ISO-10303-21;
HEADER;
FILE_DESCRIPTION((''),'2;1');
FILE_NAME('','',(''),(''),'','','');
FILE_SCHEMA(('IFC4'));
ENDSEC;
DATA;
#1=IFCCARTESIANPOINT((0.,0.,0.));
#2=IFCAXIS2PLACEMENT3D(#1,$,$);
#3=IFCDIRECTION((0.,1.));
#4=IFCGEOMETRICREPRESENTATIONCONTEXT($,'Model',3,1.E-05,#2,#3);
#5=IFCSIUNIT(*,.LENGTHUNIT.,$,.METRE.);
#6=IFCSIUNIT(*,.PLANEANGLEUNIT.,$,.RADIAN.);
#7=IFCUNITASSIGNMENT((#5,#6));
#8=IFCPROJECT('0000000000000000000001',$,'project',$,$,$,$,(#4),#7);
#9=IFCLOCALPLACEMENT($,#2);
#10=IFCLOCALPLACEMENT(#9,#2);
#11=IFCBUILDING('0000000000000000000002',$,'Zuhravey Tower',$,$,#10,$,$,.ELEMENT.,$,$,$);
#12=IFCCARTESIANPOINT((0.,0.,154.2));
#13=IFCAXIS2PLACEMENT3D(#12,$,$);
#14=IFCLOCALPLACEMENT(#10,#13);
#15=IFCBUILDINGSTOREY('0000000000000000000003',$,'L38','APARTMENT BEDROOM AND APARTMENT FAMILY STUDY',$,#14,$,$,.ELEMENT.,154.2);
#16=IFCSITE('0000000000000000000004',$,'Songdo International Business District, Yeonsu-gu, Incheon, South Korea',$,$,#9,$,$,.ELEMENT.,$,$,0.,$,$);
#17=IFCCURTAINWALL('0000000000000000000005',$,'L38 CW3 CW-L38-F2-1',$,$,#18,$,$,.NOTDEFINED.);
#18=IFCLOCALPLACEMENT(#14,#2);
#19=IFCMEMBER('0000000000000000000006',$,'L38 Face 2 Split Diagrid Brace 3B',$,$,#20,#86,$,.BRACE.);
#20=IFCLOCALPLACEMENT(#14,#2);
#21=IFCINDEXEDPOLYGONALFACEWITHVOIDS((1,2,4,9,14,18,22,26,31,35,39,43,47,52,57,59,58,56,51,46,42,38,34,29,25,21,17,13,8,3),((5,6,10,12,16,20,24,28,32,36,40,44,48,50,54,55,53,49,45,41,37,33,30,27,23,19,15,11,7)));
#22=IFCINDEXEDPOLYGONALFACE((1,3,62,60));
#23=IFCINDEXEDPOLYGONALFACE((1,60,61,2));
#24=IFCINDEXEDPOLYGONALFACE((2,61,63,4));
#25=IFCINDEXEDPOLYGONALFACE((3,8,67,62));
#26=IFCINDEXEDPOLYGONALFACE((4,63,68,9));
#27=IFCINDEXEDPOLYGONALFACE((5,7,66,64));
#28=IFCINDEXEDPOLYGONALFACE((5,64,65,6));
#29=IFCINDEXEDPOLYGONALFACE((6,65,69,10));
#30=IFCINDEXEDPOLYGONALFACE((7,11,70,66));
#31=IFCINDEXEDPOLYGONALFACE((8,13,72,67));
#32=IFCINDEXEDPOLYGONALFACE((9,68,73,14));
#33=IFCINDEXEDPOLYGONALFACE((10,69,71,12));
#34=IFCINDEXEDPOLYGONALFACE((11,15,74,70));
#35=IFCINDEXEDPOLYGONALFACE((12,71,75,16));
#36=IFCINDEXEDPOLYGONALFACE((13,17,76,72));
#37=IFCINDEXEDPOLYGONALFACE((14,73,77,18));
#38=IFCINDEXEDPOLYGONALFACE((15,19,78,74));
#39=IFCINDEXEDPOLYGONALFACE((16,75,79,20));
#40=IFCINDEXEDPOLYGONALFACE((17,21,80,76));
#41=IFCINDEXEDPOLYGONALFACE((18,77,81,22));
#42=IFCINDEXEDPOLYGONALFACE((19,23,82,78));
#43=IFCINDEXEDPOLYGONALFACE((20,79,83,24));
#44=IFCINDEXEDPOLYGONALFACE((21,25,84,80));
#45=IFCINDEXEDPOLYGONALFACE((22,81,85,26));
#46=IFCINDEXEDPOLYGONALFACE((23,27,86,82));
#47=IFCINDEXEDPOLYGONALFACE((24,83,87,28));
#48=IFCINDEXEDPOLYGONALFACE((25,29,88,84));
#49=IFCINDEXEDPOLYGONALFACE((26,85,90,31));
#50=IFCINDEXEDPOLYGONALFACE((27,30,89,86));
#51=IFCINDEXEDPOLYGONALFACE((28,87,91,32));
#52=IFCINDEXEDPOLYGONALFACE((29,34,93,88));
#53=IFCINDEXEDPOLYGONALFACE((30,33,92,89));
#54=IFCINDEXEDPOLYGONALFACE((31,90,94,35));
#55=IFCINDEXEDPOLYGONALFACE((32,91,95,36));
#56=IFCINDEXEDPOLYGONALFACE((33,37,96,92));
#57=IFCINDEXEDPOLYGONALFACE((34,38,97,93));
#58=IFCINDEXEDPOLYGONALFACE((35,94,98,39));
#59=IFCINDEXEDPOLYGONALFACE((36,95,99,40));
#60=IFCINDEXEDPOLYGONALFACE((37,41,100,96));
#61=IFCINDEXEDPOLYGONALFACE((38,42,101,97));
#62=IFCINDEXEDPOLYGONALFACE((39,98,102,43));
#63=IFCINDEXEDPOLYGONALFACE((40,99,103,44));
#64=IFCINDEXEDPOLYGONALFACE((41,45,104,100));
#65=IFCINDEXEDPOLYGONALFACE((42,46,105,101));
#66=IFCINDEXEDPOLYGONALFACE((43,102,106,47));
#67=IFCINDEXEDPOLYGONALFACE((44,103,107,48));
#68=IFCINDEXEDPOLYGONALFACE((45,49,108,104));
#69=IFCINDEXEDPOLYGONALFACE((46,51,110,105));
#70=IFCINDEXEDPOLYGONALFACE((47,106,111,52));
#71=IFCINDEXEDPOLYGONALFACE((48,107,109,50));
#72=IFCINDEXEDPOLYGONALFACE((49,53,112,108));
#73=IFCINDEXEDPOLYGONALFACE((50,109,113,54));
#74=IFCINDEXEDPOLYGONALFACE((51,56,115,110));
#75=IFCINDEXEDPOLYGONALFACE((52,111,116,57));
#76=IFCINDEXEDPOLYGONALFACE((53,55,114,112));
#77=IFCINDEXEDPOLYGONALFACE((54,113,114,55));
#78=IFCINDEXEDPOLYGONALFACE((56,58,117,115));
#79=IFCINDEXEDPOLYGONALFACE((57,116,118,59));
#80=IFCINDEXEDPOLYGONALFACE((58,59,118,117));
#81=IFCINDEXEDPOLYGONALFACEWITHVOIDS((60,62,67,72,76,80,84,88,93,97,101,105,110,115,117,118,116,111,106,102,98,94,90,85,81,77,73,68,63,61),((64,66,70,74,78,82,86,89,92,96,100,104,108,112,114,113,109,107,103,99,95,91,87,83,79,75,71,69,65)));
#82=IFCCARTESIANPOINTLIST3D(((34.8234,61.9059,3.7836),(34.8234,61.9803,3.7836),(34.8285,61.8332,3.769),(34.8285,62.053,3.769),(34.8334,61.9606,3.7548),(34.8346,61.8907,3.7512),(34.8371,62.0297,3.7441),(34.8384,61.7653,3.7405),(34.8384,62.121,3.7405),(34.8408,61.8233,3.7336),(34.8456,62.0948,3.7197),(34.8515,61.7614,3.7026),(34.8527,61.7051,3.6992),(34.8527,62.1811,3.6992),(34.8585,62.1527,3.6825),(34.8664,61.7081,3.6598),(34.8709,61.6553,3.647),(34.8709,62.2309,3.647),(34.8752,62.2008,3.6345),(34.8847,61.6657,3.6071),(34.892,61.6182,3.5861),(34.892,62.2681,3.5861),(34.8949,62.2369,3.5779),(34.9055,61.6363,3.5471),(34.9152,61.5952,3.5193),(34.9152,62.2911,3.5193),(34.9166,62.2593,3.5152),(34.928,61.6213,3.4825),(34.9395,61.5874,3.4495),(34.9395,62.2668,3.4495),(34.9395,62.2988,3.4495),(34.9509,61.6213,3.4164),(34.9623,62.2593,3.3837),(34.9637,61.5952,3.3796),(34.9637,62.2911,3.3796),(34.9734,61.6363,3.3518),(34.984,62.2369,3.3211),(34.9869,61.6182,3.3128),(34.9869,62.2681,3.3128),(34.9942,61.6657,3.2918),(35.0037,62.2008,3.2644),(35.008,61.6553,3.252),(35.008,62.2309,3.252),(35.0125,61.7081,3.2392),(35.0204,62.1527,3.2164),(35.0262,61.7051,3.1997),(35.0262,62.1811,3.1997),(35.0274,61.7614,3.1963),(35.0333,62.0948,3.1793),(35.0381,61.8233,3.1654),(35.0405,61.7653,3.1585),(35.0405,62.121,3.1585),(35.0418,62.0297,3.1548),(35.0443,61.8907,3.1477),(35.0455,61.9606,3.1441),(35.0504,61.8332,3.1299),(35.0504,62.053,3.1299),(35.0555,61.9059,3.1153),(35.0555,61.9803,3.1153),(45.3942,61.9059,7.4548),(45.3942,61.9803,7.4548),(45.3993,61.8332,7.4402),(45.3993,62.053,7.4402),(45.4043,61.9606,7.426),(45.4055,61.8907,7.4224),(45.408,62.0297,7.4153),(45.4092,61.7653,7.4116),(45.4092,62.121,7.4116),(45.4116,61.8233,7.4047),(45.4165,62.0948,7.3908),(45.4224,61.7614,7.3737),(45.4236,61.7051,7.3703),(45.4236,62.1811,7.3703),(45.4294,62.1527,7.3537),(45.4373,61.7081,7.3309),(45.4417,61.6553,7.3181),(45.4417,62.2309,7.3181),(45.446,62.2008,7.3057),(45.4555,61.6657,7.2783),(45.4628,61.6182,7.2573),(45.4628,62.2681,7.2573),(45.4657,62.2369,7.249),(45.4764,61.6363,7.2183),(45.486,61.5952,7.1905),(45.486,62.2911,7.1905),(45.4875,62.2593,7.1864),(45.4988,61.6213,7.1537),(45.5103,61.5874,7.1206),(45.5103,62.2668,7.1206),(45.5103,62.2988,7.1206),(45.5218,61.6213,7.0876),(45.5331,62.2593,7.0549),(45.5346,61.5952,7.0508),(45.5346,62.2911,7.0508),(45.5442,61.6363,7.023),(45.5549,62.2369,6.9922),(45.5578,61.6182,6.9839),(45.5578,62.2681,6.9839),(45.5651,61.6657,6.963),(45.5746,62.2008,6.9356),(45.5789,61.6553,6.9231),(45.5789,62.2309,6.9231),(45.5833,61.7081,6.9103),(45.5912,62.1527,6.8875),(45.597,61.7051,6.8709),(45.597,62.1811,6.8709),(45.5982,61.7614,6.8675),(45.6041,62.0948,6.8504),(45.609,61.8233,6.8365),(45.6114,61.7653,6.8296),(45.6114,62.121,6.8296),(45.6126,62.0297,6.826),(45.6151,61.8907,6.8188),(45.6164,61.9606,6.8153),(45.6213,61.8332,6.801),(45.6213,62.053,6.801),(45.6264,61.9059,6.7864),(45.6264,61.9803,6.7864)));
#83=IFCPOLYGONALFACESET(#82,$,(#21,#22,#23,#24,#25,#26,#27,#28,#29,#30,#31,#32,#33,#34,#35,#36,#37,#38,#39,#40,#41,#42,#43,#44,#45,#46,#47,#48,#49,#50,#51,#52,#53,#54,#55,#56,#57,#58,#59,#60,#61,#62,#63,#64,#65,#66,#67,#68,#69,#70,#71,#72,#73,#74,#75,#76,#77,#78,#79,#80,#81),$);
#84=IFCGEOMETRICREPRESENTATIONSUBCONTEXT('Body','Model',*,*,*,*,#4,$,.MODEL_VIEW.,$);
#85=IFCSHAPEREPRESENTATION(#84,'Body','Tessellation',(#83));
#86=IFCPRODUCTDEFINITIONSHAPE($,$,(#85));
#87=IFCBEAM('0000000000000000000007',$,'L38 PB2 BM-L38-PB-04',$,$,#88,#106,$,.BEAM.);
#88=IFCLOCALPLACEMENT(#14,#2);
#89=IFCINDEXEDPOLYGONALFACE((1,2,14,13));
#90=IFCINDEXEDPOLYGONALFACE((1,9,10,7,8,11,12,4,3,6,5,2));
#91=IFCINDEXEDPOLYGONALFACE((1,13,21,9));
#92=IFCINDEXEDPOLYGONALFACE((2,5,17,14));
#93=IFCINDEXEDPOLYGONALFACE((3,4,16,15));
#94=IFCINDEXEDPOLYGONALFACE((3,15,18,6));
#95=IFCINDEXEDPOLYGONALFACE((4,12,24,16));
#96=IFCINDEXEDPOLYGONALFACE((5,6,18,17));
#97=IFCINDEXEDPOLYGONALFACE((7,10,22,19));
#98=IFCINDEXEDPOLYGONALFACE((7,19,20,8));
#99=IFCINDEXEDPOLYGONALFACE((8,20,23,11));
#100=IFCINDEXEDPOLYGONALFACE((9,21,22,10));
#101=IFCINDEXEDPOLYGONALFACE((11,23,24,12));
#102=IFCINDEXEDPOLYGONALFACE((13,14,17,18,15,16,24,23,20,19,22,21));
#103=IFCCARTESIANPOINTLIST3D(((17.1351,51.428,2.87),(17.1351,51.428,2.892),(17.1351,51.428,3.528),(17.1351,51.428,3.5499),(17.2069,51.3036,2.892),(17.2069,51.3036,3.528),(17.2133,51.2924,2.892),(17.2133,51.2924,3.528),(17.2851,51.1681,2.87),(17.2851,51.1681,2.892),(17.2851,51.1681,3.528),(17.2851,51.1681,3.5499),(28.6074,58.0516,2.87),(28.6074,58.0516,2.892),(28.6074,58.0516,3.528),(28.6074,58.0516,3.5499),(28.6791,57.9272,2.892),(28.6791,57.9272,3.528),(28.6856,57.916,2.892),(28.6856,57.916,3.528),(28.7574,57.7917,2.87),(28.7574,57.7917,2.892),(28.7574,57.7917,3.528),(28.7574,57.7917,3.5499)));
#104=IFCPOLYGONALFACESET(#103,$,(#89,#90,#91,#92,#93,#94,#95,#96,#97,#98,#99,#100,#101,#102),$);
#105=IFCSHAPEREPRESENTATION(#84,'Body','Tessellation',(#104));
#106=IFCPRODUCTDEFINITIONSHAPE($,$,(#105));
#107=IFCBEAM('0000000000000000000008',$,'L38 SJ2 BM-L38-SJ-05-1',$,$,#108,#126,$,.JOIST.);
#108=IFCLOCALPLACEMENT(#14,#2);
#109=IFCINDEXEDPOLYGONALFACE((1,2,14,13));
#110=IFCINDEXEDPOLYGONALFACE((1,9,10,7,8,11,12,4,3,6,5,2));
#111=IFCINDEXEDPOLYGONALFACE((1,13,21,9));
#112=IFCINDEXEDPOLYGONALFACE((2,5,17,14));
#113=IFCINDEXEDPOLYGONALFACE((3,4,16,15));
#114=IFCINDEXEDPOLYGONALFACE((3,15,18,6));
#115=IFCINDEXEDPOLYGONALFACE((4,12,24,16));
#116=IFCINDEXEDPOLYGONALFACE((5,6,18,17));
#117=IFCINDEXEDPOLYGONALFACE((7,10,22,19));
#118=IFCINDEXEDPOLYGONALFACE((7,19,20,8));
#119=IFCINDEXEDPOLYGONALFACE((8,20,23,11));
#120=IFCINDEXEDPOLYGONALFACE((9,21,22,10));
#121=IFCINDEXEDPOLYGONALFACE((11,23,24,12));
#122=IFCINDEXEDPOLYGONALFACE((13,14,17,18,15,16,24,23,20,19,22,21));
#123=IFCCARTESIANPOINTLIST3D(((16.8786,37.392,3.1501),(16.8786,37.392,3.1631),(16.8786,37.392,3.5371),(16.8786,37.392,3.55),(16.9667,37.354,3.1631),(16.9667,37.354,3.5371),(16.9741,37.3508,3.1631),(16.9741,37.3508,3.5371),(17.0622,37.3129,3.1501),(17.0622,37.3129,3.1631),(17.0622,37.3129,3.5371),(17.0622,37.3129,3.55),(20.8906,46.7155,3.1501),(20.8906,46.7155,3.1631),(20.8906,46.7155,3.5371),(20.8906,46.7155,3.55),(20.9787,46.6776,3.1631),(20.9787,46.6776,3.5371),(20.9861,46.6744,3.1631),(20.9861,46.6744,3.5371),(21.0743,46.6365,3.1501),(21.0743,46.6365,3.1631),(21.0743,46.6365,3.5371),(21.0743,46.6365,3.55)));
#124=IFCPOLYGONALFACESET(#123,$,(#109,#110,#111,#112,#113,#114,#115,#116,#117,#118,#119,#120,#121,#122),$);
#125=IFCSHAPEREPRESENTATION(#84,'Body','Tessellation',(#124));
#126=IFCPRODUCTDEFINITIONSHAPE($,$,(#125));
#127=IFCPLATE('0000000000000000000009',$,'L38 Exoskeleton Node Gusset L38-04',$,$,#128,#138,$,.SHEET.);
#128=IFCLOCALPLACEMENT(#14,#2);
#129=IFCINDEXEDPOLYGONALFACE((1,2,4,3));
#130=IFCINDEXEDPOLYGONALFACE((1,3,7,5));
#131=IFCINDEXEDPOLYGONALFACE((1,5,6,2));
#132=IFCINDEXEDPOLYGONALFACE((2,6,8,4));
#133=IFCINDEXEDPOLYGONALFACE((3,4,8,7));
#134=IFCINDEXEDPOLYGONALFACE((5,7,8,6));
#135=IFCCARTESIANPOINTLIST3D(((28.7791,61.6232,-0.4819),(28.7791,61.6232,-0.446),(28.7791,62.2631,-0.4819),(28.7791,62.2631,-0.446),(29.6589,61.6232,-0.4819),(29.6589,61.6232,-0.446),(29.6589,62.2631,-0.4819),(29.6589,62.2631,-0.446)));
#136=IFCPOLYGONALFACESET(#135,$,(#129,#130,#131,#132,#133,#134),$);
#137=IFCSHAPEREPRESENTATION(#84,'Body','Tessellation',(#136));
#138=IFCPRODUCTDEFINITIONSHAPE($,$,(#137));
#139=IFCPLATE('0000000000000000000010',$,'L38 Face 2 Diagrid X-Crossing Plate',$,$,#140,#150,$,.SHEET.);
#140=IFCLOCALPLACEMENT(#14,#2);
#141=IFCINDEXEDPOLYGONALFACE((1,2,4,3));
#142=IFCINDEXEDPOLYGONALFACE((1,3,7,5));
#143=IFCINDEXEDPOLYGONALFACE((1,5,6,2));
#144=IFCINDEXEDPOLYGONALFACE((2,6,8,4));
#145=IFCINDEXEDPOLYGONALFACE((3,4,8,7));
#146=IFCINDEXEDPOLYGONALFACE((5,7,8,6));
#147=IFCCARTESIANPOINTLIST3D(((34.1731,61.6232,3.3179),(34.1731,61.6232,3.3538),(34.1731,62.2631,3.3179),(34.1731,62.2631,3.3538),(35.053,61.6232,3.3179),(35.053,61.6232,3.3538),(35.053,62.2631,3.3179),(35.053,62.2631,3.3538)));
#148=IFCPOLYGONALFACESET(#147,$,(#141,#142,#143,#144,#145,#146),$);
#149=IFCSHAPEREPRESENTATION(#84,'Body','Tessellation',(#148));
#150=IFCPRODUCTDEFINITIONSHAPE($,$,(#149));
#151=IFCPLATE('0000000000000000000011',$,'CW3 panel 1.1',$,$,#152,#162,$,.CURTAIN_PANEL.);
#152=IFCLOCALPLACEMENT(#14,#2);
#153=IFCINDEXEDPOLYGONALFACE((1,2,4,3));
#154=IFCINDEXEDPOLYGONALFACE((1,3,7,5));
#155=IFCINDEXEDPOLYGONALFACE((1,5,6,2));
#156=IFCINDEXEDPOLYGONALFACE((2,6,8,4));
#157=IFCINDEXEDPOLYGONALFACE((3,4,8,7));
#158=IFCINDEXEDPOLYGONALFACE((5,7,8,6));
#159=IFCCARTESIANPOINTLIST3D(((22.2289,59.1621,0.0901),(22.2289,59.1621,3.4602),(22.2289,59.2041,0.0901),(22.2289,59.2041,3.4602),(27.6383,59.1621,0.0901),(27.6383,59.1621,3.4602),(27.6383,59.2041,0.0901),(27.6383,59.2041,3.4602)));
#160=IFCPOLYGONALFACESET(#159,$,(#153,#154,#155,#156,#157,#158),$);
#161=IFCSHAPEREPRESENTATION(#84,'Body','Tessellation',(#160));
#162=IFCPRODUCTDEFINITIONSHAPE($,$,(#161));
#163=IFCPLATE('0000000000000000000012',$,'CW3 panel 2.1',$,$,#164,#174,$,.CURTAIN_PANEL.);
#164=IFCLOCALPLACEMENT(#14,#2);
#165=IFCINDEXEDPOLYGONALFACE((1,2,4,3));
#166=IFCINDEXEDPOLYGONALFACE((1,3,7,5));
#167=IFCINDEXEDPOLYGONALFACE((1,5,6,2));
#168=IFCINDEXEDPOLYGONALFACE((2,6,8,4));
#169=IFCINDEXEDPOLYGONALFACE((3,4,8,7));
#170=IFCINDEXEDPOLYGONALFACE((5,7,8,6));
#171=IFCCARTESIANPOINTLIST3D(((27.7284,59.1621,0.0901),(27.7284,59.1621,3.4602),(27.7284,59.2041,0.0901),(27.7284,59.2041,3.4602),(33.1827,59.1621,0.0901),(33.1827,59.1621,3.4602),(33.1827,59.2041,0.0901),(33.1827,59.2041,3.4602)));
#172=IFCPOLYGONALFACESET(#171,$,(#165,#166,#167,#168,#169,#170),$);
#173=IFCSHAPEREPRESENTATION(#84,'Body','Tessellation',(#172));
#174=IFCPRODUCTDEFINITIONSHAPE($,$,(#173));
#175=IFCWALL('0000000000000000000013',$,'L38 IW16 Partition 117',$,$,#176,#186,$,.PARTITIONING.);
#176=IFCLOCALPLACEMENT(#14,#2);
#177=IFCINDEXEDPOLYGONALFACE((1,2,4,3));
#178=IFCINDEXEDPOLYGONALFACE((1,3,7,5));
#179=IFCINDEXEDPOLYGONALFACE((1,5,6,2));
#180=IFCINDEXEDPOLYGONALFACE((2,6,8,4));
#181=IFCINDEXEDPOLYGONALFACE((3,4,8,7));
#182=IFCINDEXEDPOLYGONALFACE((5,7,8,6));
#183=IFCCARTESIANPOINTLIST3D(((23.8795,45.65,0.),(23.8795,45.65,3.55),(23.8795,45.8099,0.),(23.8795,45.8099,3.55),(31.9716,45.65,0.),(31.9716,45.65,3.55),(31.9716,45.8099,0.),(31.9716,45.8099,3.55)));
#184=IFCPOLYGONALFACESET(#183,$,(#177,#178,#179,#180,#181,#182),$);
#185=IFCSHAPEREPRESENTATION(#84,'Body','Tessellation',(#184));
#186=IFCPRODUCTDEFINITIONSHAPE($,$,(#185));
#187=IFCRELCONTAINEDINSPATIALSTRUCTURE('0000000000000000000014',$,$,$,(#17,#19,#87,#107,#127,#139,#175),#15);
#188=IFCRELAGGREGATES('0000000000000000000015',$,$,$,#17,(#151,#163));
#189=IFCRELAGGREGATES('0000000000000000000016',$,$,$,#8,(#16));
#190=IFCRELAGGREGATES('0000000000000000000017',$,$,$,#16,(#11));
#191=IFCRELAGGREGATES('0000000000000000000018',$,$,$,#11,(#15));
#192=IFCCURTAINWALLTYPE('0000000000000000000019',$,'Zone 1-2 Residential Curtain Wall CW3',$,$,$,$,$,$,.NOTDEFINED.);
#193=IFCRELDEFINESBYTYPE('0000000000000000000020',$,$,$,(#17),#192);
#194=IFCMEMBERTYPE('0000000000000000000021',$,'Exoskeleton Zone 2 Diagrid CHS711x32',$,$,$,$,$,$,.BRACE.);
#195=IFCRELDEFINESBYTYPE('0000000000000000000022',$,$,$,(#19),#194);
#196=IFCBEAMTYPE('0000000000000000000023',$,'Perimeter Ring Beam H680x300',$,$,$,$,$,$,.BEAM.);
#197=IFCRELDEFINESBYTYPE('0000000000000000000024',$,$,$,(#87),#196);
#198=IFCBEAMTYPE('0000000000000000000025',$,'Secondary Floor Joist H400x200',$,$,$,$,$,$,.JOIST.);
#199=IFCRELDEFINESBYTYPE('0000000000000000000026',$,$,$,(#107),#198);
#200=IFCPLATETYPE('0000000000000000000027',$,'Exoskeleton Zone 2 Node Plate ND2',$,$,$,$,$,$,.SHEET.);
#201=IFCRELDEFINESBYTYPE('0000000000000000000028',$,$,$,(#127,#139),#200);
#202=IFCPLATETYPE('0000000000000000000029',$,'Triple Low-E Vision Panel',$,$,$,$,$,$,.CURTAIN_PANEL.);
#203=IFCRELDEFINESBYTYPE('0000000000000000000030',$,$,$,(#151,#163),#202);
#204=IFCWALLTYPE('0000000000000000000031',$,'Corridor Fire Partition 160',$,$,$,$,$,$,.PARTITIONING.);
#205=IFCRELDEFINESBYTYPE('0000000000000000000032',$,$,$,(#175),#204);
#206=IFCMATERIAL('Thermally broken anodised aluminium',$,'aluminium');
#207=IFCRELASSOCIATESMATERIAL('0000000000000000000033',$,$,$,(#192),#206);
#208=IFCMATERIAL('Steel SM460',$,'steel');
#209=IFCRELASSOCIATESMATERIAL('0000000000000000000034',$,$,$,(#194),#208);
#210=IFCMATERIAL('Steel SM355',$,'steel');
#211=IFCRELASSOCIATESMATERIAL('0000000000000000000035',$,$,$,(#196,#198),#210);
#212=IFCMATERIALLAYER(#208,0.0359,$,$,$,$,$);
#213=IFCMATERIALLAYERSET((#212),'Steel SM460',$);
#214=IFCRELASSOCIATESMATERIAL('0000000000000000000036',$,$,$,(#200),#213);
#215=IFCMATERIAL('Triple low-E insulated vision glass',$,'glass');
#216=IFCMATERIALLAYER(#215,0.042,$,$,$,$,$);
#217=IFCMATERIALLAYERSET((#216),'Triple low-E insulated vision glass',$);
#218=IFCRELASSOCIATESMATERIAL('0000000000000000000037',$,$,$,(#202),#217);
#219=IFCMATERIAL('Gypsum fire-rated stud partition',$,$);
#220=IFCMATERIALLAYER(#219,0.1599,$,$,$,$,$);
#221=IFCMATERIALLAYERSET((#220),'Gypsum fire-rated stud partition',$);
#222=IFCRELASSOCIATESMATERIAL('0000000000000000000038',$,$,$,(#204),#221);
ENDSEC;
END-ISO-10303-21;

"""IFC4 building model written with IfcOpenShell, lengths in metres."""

from ifc_helpers import new_model, si_unit, direction, frame, frame_2d, origin, origin_2d, place, context, subcontext, project, spatial, rectangle, hollow_circle, i_section, extrude, material, layer, layer_set, material_profile, profile_set, type_object, element, aggregate, save


model = new_model("IFC4")

# Units and contexts
model_context = context("Model", 3, precision=1e-05, world=origin(), true_north=direction((0.0, 1.0)))
body_context = subcontext(model_context, "Body", "Model", "MODEL_VIEW")
ifc_project = project(units=[si_unit("LENGTHUNIT", "METRE"), si_unit("PLANEANGLEUNIT", "RADIAN")], contexts=[model_context])

# Site, building, storey
site_placement = place(None, origin())
site = spatial("IfcSite", under=ifc_project, at=site_placement, Name="Songdo International Business District, Yeonsu-gu, Incheon, South Korea", CompositionType="ELEMENT", RefElevation=0.0)
building_placement = place(site_placement, origin())
building = spatial("IfcBuilding", under=site, at=building_placement, Name="Zuhravey Tower", CompositionType="ELEMENT")
storey_placement = place(building_placement, frame((0.0, 0.0, 154.2)))
storey = spatial("IfcBuildingStorey", under=building, at=storey_placement, Name="L38", Description="APARTMENT BEDROOM AND APARTMENT FAMILY STUDY", CompositionType="ELEMENT", Elevation=154.2)

# Curtain wall
ifc_material_1 = material(Name="Thermally broken anodised aluminium", Category="aluminium")
curtain_wall_type = type_object("IfcCurtainWallType", Name="Zone 1-2 Residential Curtain Wall CW3", PredefinedType="NOTDEFINED", material=ifc_material_1)
curtain_wall_placement = place(storey_placement, origin())
curtain_wall = element("IfcCurtainWall", 1, at=curtain_wall_placement, inside=storey, type_object=curtain_wall_type, Name="L38 CW3 CW-L38-F2-1", PredefinedType="NOTDEFINED")

# Member
ifc_material_2 = material(Name="Steel SM460", Category="steel")
ifc_material_profile_1 = material_profile(ifc_material_2, hollow_circle(Radius=0.3557, WallThickness=0.032, at=origin_2d()), Name="CHS-711.2x32")
ifc_profile_set_1 = profile_set([ifc_material_profile_1], Name="Steel SM460")
member_type_1 = type_object("IfcMemberType", Name="Exoskeleton Zone 2 Diagrid CHS711x32", PredefinedType="BRACE", material=ifc_profile_set_1)
member_1_placement = place(storey_placement, frame((34.9395, 61.9431, 3.4495), z_axis=(0.944654, 0.0, 0.32807), x_axis=(0.0, 1.0, 0.0)))
element("IfcMember", 2, at=member_1_placement, inside=storey, type_object=member_type_1, Name="L38 Face 2 Split Diagrid Brace 3B", PredefinedType="BRACE", context=body_context, shape_type="SweptSolid", body=[
    extrude(hollow_circle(Radius=0.3557, WallThickness=0.032, at=origin_2d()), origin(), (0.0, 0.0, 1.0), 11.1902),
])

# Beams
ifc_material_3 = material(Name="Steel SM355", Category="steel")
ifc_material_profile_2 = material_profile(ifc_material_3, i_section(OverallWidth=0.3, OverallDepth=0.6799, WebThickness=0.0129, FlangeThickness=0.022, at=origin_2d()), Name="H-680x300x13x22")
ifc_profile_set_2 = profile_set([ifc_material_profile_2], Name="Steel SM355")
beam_type_1 = type_object("IfcBeamType", Name="Perimeter Ring Beam H680x300", PredefinedType="BEAM", material=ifc_profile_set_2)
beam_1_placement = place(storey_placement, frame((28.6824, 57.9216, 3.21), z_axis=(-0.866023, -0.500004, 0.0), x_axis=(0.500004, -0.866023, 0.0)))
element("IfcBeam", 3, at=beam_1_placement, inside=storey, type_object=beam_type_1, Name="L38 PB2 BM-L38-PB-04", PredefinedType="BEAM", context=body_context, shape_type="SweptSolid", body=[
    extrude(i_section(OverallWidth=0.3, OverallDepth=0.6799, WebThickness=0.0129, FlangeThickness=0.022, at=origin_2d()), origin(), (0.0, 0.0, 1.0), 13.2471),
])
ifc_material_profile_3 = material_profile(ifc_material_3, i_section(OverallWidth=0.2, OverallDepth=0.3999, WebThickness=0.0081, FlangeThickness=0.0129, at=origin_2d()), Name="H-400x200x8x13")
ifc_profile_set_3 = profile_set([ifc_material_profile_3], Name="Steel SM355")
beam_type_2 = type_object("IfcBeamType", Name="Secondary Floor Joist H400x200", PredefinedType="JOIST", material=ifc_profile_set_3)
beam_2_placement = place(storey_placement, frame((20.9824, 46.676, 3.3501), z_axis=(-0.395266, -0.918567, 0.0), x_axis=(0.918567, -0.395266, 0.0)))
element("IfcBeam", 4, at=beam_2_placement, inside=storey, type_object=beam_type_2, Name="L38 SJ2 BM-L38-SJ-05-1", PredefinedType="JOIST", context=body_context, shape_type="SweptSolid", body=[
    extrude(i_section(OverallWidth=0.2, OverallDepth=0.3999, WebThickness=0.0081, FlangeThickness=0.0129, at=origin_2d()), origin(), (0.0, 0.0, 1.0), 10.1501),
])

# Plates
ifc_layer_1 = layer(ifc_material_2, 0.0359)
ifc_layer_set_1 = layer_set([ifc_layer_1], Name="Steel SM460")
plate_type_1 = type_object("IfcPlateType", Name="Exoskeleton Zone 2 Node Plate ND2", PredefinedType="SHEET", material=ifc_layer_set_1)
for number, where, z_axis, x_axis, name in (
    (5, (29.219, 61.9431, -0.4819), (0.0, 0.0, 1.0), (-1.0, 0.0, 0.0), "L38 Exoskeleton Node Gusset L38-04"),
    (6, (34.613, 61.9431, 3.3179), (0.0, 0.0, 1.0), (-1.0, 0.0, 0.0), "L38 Face 2 Diagrid X-Crossing Plate"),
):
    element("IfcPlate", number, at=place(storey_placement, frame(where, z_axis=z_axis, x_axis=x_axis)), inside=storey, type_object=plate_type_1, Name=name, PredefinedType="SHEET", context=body_context, shape_type="SweptSolid", body=[
        extrude(rectangle(XDim=0.8799, YDim=0.6399, at=origin_2d()), origin(), (0.0, 0.0, 1.0), 0.0359),
    ])

# Plates
ifc_material_4 = material(Name="Triple low-E insulated vision glass", Category="glass")
ifc_layer_2 = layer(ifc_material_4, 0.042)
ifc_layer_set_2 = layer_set([ifc_layer_2], Name="Triple low-E insulated vision glass")
plate_type_2 = type_object("IfcPlateType", Name="Triple Low-E Vision Panel", PredefinedType="CURTAIN_PANEL", material=ifc_layer_set_2)
plate_1_placement = place(storey_placement, frame((24.9336, 59.1831, 0.0901), z_axis=(0.0, 0.0, 1.0), x_axis=(1.0, 0.0, 0.0)))
plate_1 = element("IfcPlate", 7, at=plate_1_placement, type_object=plate_type_2, Name="CW3 panel 1.1", PredefinedType="CURTAIN_PANEL", context=body_context, shape_type="SweptSolid", body=[
    extrude(rectangle(XDim=5.4094, YDim=0.042, at=origin_2d()), origin(), (0.0, 0.0, 1.0), 3.3701),
])
plate_2_placement = place(storey_placement, frame((30.4556, 59.1831, 0.0901), z_axis=(0.0, 0.0, 1.0), x_axis=(1.0, 0.0, 0.0)))
plate_2 = element("IfcPlate", 8, at=plate_2_placement, type_object=plate_type_2, Name="CW3 panel 2.1", PredefinedType="CURTAIN_PANEL", context=body_context, shape_type="SweptSolid", body=[
    extrude(rectangle(XDim=5.4543, YDim=0.042, at=origin_2d()), origin(), (0.0, 0.0, 1.0), 3.3701),
])
aggregate(curtain_wall, [plate_1, plate_2])

# Wall
ifc_material_5 = material(Name="Gypsum fire-rated stud partition")
ifc_layer_3 = layer(ifc_material_5, 0.1599)
ifc_layer_set_3 = layer_set([ifc_layer_3], Name="Gypsum fire-rated stud partition")
wall_type_1 = type_object("IfcWallType", Name="Corridor Fire Partition 160", PredefinedType="PARTITIONING", material=ifc_layer_set_3)
wall_1_placement = place(storey_placement, frame((31.9714, 45.73, 0.0), z_axis=(0.0, 0.0, 1.0), x_axis=(-1.0, 0.0, 0.0)))
element("IfcWall", 9, at=wall_1_placement, inside=storey, type_object=wall_type_1, Name="L38 IW16 Partition 117", PredefinedType="PARTITIONING", context=body_context, shape_type="SweptSolid", body=[
    extrude(rectangle(XDim=8.092, YDim=0.1599, at=frame_2d((4.0459, 0.0))), origin(), (0.0, 0.0, 1.0), 3.55),
])

save(model, "model.ifc")
